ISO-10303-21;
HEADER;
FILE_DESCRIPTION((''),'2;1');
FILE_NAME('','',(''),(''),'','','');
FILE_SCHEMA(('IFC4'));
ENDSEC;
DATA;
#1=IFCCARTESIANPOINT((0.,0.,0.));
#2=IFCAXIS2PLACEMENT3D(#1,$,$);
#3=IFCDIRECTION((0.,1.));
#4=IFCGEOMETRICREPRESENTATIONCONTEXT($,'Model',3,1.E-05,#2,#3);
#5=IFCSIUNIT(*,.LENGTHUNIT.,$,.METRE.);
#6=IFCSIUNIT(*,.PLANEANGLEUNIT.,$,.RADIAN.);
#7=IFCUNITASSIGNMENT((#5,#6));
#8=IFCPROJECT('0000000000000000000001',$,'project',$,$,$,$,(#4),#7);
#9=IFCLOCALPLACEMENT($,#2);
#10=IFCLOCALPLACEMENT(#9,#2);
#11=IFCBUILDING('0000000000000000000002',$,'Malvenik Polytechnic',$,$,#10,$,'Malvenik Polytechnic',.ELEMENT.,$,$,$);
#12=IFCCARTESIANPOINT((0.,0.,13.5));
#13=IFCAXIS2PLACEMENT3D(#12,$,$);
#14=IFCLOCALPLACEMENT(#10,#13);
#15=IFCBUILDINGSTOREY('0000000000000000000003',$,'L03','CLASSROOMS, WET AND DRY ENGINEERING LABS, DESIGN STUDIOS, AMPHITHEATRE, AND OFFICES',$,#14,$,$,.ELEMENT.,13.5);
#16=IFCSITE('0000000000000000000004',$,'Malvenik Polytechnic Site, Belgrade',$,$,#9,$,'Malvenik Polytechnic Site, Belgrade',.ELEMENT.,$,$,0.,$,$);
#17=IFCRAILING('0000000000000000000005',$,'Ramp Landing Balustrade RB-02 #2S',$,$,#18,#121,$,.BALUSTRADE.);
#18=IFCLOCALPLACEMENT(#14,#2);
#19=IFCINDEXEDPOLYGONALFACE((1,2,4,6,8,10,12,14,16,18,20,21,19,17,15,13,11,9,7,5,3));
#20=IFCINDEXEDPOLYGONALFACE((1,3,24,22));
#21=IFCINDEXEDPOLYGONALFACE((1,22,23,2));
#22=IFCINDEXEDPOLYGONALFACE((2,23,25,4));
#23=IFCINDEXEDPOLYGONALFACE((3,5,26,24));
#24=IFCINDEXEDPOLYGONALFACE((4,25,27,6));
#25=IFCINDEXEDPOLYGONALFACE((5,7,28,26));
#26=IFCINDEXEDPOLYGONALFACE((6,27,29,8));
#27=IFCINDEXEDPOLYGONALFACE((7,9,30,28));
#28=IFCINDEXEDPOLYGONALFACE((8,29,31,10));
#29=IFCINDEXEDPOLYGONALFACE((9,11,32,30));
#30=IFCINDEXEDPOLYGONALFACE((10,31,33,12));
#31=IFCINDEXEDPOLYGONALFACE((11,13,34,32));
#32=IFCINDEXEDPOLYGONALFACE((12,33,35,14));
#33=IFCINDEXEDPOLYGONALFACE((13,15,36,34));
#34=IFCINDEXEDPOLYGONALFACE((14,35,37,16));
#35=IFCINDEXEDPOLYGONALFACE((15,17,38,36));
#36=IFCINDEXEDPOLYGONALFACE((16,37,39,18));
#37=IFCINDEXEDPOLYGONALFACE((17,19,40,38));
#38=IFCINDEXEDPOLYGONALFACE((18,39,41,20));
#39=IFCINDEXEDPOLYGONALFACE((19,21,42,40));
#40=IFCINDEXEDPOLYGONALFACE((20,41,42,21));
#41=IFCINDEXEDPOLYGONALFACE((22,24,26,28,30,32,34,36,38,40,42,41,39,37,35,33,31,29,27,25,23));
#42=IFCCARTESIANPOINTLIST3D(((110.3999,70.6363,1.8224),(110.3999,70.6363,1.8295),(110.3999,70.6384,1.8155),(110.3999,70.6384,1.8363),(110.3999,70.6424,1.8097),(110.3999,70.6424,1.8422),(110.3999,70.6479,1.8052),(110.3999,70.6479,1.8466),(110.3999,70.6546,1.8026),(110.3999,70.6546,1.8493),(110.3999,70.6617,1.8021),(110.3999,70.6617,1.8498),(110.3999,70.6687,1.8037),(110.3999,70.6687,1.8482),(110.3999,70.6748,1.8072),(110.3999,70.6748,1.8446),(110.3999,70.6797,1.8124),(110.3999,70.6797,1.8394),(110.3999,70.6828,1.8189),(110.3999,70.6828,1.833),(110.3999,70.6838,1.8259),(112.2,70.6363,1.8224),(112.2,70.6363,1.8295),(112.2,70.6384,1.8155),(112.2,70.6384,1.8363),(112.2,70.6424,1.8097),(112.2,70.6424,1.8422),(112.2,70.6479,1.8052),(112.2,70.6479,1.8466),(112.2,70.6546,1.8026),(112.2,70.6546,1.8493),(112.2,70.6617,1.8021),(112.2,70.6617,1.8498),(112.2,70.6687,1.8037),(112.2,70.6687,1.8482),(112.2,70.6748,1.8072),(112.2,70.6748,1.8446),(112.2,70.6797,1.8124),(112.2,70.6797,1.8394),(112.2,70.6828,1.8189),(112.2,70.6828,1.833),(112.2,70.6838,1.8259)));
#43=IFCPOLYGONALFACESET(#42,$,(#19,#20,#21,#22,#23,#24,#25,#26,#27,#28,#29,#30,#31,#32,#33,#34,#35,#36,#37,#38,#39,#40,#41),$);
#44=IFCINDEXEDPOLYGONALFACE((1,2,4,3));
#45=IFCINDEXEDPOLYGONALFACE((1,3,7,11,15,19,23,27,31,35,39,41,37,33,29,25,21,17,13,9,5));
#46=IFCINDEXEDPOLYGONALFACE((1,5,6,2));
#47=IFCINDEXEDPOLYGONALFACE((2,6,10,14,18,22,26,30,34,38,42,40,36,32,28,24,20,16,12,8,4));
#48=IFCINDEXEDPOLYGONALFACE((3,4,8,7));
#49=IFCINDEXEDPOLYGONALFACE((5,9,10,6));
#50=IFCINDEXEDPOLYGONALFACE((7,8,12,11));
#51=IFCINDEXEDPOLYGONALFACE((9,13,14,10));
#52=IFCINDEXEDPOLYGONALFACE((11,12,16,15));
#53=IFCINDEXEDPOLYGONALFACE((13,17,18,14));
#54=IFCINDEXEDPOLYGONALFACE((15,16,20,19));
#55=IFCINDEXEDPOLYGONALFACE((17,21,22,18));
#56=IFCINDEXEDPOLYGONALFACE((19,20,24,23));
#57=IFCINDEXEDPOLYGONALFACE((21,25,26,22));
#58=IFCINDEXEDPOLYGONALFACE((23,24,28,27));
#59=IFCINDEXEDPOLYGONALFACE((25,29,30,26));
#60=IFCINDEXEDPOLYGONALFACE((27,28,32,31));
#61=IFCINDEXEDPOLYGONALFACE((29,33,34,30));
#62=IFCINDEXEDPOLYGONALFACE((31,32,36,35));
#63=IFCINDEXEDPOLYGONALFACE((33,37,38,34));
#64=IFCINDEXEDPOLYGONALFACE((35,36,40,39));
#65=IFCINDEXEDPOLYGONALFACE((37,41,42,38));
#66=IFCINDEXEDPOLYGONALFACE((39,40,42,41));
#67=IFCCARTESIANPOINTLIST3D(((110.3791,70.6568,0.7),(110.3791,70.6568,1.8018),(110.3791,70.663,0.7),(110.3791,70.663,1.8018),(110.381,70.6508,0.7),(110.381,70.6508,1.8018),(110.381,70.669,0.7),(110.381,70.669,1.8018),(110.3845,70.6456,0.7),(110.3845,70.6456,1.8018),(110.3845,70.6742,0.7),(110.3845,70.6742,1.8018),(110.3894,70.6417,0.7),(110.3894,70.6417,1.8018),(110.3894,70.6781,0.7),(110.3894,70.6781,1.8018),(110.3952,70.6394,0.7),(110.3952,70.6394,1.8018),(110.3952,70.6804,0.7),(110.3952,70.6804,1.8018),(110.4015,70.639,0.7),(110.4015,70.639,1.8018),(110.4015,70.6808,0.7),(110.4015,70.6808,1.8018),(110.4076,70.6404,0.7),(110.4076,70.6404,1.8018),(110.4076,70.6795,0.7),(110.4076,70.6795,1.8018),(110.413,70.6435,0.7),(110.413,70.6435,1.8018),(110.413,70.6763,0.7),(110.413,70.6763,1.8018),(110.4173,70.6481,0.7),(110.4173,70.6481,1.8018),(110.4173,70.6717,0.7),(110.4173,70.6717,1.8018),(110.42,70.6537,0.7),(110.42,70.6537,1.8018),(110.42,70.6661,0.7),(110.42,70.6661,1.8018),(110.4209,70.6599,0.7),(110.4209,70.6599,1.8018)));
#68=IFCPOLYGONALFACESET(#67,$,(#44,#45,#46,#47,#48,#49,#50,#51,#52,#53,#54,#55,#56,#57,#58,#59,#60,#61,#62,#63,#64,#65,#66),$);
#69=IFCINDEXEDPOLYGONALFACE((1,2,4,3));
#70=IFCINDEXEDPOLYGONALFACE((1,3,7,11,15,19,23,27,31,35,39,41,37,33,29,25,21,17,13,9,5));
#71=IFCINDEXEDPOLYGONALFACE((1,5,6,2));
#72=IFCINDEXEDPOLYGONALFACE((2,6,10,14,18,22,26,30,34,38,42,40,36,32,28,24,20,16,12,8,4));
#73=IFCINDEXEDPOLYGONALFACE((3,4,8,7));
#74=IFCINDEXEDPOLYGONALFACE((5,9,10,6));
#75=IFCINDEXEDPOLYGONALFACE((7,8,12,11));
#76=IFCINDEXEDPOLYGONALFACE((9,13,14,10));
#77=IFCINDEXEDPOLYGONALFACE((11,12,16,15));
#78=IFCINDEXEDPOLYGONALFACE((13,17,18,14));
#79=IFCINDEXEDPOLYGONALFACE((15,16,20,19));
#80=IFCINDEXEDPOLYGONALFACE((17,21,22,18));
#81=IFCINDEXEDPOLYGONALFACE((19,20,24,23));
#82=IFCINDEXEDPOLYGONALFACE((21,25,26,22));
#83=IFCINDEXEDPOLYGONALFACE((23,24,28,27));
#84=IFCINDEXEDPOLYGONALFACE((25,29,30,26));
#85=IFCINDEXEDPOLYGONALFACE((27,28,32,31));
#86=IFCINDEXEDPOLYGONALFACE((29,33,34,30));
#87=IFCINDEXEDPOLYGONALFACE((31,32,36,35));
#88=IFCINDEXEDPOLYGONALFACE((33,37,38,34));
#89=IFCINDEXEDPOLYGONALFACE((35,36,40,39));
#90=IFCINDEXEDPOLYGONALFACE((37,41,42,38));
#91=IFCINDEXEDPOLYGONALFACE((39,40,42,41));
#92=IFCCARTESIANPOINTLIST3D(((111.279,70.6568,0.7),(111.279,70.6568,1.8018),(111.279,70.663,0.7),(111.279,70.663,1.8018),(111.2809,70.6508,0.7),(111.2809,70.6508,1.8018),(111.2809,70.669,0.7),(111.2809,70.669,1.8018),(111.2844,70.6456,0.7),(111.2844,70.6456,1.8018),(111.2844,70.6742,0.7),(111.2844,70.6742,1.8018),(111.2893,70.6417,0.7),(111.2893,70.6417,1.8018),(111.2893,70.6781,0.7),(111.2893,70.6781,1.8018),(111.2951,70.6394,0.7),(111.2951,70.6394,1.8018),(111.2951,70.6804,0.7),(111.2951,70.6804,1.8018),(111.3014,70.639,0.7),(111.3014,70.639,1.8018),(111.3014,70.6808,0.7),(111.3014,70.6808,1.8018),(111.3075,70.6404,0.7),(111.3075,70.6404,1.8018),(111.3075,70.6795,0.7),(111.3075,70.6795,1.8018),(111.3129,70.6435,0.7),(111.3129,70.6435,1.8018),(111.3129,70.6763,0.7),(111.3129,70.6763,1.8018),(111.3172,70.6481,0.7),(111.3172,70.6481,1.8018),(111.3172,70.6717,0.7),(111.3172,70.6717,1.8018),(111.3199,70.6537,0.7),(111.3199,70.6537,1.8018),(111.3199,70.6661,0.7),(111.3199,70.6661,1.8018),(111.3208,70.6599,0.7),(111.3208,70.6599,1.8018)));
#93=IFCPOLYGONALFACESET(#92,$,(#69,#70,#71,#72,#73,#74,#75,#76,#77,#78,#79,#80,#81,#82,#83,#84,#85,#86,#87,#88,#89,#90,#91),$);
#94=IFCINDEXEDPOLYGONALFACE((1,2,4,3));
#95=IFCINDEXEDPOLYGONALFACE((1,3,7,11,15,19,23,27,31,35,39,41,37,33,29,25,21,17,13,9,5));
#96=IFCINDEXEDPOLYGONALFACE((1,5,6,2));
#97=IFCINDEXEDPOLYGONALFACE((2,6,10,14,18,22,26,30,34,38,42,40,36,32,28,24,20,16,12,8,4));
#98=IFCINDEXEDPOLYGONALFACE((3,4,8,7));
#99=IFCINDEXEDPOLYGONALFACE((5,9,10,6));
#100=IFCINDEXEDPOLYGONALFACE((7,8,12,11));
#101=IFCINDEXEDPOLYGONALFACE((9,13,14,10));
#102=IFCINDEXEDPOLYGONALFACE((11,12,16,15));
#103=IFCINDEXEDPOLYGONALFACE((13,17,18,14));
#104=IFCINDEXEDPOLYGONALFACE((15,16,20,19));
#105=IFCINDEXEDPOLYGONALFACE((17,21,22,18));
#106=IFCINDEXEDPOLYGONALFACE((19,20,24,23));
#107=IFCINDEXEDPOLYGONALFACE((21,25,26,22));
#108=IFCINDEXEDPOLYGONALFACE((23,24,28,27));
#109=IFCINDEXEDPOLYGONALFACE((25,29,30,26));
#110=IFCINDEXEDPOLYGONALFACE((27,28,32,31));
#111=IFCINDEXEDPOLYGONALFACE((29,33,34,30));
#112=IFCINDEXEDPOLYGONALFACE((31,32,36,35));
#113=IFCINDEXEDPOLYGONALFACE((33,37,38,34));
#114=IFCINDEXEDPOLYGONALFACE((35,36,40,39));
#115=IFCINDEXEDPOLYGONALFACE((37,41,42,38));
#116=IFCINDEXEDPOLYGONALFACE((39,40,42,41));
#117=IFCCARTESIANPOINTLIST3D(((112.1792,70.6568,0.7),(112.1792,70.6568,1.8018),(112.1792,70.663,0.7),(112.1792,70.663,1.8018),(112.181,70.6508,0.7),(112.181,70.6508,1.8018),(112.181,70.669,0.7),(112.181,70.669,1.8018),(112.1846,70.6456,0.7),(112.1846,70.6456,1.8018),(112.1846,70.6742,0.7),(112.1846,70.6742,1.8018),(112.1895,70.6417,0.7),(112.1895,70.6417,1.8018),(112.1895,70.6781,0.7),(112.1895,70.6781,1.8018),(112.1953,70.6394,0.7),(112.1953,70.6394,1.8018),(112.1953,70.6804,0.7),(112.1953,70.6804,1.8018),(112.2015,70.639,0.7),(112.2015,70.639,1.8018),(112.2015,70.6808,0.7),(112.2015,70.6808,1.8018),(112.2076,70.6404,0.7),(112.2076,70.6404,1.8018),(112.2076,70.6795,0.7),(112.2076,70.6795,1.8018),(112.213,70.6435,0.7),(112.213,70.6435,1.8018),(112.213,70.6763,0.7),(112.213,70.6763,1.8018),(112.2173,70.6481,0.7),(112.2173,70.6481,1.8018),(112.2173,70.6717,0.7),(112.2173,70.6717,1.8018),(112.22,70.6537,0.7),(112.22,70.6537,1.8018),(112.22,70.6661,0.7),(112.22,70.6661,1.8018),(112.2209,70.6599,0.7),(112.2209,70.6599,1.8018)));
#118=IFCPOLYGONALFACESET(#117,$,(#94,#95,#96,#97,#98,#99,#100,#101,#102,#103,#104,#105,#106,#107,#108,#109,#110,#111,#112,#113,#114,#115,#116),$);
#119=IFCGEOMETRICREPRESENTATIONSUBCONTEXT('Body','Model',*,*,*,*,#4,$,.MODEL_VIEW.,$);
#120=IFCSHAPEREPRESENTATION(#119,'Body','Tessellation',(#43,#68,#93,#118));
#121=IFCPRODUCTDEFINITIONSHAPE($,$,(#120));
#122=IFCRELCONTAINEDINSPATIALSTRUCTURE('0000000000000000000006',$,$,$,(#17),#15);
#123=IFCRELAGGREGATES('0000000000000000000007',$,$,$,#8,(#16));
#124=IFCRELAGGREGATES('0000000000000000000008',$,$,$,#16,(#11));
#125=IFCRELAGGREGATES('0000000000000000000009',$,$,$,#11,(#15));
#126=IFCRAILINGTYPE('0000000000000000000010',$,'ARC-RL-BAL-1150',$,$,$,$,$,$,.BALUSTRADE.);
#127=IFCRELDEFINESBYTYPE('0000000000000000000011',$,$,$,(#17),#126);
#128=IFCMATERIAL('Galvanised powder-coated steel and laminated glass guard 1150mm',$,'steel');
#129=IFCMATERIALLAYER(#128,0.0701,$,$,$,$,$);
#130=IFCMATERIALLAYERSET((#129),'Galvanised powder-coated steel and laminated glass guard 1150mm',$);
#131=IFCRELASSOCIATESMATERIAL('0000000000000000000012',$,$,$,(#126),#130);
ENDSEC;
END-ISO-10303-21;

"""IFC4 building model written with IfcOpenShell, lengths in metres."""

from ifc_helpers import new_model, si_unit, direction, frame, origin, origin_2d, place, context, subcontext, project, spatial, circle, extrude, material, layer, layer_set, type_object, element, save


model = new_model("IFC4")

# Units and contexts
model_context = context("Model", 3, precision=1e-05, world=origin(), true_north=direction((0.0, 1.0)))
body_context = subcontext(model_context, "Body", "Model", "MODEL_VIEW")
ifc_project = project(units=[si_unit("LENGTHUNIT", "METRE"), si_unit("PLANEANGLEUNIT", "RADIAN")], contexts=[model_context])

# Site, building, storey
site_placement = place(None, origin())
site = spatial("IfcSite", under=ifc_project, at=site_placement, Name="Malvenik Polytechnic Site, Belgrade", LongName="Malvenik Polytechnic Site, Belgrade", CompositionType="ELEMENT", RefElevation=0.0)
building_placement = place(site_placement, origin())
building = spatial("IfcBuilding", under=site, at=building_placement, Name="Malvenik Polytechnic", LongName="Malvenik Polytechnic", CompositionType="ELEMENT")
storey_placement = place(building_placement, frame((0.0, 0.0, 13.5)))
storey = spatial("IfcBuildingStorey", under=building, at=storey_placement, Name="L03", Description="CLASSROOMS, WET AND DRY ENGINEERING LABS, DESIGN STUDIOS, AMPHITHEATRE, AND OFFICES", CompositionType="ELEMENT", Elevation=13.5)

# Railing
ifc_material_1 = material(Name="Galvanised powder-coated steel and laminated glass guard 1150mm", Category="steel")
ifc_layer_1 = layer(ifc_material_1, 0.0701)
ifc_layer_set_1 = layer_set([ifc_layer_1], Name="Galvanised powder-coated steel and laminated glass guard 1150mm")
railing_type_1 = type_object("IfcRailingType", Name="ARC-RL-BAL-1150", PredefinedType="BALUSTRADE", material=ifc_layer_set_1)
railing_1_placement = place(storey_placement, frame((110.3999, 70.6599, 0.7)))
element("IfcRailing", 1, at=railing_1_placement, inside=storey, type_object=railing_type_1, Name="Ramp Landing Balustrade RB-02 #2S", PredefinedType="BALUSTRADE", context=body_context, shape_type="SweptSolid", body=[
    extrude(circle(Radius=0.0239, at=origin_2d()), frame((0.0, 0.0, 1.126), z_axis=(1.0, 0.0, 0.0), x_axis=(0.0, 1.0, 0.0)), (0.0, 0.0, 1.0), 1.8),
    extrude(circle(Radius=0.021, at=origin_2d()), origin(), (0.0, 0.0, 1.0), 1.1018),
    extrude(circle(Radius=0.021, at=origin_2d()), frame((0.8999, 0.0, 0.0)), (0.0, 0.0, 1.0), 1.1018),
    extrude(circle(Radius=0.021, at=origin_2d()), frame((1.8, 0.0, 0.0)), (0.0, 0.0, 1.0), 1.1018),
])

save(model, "model.ifc")
